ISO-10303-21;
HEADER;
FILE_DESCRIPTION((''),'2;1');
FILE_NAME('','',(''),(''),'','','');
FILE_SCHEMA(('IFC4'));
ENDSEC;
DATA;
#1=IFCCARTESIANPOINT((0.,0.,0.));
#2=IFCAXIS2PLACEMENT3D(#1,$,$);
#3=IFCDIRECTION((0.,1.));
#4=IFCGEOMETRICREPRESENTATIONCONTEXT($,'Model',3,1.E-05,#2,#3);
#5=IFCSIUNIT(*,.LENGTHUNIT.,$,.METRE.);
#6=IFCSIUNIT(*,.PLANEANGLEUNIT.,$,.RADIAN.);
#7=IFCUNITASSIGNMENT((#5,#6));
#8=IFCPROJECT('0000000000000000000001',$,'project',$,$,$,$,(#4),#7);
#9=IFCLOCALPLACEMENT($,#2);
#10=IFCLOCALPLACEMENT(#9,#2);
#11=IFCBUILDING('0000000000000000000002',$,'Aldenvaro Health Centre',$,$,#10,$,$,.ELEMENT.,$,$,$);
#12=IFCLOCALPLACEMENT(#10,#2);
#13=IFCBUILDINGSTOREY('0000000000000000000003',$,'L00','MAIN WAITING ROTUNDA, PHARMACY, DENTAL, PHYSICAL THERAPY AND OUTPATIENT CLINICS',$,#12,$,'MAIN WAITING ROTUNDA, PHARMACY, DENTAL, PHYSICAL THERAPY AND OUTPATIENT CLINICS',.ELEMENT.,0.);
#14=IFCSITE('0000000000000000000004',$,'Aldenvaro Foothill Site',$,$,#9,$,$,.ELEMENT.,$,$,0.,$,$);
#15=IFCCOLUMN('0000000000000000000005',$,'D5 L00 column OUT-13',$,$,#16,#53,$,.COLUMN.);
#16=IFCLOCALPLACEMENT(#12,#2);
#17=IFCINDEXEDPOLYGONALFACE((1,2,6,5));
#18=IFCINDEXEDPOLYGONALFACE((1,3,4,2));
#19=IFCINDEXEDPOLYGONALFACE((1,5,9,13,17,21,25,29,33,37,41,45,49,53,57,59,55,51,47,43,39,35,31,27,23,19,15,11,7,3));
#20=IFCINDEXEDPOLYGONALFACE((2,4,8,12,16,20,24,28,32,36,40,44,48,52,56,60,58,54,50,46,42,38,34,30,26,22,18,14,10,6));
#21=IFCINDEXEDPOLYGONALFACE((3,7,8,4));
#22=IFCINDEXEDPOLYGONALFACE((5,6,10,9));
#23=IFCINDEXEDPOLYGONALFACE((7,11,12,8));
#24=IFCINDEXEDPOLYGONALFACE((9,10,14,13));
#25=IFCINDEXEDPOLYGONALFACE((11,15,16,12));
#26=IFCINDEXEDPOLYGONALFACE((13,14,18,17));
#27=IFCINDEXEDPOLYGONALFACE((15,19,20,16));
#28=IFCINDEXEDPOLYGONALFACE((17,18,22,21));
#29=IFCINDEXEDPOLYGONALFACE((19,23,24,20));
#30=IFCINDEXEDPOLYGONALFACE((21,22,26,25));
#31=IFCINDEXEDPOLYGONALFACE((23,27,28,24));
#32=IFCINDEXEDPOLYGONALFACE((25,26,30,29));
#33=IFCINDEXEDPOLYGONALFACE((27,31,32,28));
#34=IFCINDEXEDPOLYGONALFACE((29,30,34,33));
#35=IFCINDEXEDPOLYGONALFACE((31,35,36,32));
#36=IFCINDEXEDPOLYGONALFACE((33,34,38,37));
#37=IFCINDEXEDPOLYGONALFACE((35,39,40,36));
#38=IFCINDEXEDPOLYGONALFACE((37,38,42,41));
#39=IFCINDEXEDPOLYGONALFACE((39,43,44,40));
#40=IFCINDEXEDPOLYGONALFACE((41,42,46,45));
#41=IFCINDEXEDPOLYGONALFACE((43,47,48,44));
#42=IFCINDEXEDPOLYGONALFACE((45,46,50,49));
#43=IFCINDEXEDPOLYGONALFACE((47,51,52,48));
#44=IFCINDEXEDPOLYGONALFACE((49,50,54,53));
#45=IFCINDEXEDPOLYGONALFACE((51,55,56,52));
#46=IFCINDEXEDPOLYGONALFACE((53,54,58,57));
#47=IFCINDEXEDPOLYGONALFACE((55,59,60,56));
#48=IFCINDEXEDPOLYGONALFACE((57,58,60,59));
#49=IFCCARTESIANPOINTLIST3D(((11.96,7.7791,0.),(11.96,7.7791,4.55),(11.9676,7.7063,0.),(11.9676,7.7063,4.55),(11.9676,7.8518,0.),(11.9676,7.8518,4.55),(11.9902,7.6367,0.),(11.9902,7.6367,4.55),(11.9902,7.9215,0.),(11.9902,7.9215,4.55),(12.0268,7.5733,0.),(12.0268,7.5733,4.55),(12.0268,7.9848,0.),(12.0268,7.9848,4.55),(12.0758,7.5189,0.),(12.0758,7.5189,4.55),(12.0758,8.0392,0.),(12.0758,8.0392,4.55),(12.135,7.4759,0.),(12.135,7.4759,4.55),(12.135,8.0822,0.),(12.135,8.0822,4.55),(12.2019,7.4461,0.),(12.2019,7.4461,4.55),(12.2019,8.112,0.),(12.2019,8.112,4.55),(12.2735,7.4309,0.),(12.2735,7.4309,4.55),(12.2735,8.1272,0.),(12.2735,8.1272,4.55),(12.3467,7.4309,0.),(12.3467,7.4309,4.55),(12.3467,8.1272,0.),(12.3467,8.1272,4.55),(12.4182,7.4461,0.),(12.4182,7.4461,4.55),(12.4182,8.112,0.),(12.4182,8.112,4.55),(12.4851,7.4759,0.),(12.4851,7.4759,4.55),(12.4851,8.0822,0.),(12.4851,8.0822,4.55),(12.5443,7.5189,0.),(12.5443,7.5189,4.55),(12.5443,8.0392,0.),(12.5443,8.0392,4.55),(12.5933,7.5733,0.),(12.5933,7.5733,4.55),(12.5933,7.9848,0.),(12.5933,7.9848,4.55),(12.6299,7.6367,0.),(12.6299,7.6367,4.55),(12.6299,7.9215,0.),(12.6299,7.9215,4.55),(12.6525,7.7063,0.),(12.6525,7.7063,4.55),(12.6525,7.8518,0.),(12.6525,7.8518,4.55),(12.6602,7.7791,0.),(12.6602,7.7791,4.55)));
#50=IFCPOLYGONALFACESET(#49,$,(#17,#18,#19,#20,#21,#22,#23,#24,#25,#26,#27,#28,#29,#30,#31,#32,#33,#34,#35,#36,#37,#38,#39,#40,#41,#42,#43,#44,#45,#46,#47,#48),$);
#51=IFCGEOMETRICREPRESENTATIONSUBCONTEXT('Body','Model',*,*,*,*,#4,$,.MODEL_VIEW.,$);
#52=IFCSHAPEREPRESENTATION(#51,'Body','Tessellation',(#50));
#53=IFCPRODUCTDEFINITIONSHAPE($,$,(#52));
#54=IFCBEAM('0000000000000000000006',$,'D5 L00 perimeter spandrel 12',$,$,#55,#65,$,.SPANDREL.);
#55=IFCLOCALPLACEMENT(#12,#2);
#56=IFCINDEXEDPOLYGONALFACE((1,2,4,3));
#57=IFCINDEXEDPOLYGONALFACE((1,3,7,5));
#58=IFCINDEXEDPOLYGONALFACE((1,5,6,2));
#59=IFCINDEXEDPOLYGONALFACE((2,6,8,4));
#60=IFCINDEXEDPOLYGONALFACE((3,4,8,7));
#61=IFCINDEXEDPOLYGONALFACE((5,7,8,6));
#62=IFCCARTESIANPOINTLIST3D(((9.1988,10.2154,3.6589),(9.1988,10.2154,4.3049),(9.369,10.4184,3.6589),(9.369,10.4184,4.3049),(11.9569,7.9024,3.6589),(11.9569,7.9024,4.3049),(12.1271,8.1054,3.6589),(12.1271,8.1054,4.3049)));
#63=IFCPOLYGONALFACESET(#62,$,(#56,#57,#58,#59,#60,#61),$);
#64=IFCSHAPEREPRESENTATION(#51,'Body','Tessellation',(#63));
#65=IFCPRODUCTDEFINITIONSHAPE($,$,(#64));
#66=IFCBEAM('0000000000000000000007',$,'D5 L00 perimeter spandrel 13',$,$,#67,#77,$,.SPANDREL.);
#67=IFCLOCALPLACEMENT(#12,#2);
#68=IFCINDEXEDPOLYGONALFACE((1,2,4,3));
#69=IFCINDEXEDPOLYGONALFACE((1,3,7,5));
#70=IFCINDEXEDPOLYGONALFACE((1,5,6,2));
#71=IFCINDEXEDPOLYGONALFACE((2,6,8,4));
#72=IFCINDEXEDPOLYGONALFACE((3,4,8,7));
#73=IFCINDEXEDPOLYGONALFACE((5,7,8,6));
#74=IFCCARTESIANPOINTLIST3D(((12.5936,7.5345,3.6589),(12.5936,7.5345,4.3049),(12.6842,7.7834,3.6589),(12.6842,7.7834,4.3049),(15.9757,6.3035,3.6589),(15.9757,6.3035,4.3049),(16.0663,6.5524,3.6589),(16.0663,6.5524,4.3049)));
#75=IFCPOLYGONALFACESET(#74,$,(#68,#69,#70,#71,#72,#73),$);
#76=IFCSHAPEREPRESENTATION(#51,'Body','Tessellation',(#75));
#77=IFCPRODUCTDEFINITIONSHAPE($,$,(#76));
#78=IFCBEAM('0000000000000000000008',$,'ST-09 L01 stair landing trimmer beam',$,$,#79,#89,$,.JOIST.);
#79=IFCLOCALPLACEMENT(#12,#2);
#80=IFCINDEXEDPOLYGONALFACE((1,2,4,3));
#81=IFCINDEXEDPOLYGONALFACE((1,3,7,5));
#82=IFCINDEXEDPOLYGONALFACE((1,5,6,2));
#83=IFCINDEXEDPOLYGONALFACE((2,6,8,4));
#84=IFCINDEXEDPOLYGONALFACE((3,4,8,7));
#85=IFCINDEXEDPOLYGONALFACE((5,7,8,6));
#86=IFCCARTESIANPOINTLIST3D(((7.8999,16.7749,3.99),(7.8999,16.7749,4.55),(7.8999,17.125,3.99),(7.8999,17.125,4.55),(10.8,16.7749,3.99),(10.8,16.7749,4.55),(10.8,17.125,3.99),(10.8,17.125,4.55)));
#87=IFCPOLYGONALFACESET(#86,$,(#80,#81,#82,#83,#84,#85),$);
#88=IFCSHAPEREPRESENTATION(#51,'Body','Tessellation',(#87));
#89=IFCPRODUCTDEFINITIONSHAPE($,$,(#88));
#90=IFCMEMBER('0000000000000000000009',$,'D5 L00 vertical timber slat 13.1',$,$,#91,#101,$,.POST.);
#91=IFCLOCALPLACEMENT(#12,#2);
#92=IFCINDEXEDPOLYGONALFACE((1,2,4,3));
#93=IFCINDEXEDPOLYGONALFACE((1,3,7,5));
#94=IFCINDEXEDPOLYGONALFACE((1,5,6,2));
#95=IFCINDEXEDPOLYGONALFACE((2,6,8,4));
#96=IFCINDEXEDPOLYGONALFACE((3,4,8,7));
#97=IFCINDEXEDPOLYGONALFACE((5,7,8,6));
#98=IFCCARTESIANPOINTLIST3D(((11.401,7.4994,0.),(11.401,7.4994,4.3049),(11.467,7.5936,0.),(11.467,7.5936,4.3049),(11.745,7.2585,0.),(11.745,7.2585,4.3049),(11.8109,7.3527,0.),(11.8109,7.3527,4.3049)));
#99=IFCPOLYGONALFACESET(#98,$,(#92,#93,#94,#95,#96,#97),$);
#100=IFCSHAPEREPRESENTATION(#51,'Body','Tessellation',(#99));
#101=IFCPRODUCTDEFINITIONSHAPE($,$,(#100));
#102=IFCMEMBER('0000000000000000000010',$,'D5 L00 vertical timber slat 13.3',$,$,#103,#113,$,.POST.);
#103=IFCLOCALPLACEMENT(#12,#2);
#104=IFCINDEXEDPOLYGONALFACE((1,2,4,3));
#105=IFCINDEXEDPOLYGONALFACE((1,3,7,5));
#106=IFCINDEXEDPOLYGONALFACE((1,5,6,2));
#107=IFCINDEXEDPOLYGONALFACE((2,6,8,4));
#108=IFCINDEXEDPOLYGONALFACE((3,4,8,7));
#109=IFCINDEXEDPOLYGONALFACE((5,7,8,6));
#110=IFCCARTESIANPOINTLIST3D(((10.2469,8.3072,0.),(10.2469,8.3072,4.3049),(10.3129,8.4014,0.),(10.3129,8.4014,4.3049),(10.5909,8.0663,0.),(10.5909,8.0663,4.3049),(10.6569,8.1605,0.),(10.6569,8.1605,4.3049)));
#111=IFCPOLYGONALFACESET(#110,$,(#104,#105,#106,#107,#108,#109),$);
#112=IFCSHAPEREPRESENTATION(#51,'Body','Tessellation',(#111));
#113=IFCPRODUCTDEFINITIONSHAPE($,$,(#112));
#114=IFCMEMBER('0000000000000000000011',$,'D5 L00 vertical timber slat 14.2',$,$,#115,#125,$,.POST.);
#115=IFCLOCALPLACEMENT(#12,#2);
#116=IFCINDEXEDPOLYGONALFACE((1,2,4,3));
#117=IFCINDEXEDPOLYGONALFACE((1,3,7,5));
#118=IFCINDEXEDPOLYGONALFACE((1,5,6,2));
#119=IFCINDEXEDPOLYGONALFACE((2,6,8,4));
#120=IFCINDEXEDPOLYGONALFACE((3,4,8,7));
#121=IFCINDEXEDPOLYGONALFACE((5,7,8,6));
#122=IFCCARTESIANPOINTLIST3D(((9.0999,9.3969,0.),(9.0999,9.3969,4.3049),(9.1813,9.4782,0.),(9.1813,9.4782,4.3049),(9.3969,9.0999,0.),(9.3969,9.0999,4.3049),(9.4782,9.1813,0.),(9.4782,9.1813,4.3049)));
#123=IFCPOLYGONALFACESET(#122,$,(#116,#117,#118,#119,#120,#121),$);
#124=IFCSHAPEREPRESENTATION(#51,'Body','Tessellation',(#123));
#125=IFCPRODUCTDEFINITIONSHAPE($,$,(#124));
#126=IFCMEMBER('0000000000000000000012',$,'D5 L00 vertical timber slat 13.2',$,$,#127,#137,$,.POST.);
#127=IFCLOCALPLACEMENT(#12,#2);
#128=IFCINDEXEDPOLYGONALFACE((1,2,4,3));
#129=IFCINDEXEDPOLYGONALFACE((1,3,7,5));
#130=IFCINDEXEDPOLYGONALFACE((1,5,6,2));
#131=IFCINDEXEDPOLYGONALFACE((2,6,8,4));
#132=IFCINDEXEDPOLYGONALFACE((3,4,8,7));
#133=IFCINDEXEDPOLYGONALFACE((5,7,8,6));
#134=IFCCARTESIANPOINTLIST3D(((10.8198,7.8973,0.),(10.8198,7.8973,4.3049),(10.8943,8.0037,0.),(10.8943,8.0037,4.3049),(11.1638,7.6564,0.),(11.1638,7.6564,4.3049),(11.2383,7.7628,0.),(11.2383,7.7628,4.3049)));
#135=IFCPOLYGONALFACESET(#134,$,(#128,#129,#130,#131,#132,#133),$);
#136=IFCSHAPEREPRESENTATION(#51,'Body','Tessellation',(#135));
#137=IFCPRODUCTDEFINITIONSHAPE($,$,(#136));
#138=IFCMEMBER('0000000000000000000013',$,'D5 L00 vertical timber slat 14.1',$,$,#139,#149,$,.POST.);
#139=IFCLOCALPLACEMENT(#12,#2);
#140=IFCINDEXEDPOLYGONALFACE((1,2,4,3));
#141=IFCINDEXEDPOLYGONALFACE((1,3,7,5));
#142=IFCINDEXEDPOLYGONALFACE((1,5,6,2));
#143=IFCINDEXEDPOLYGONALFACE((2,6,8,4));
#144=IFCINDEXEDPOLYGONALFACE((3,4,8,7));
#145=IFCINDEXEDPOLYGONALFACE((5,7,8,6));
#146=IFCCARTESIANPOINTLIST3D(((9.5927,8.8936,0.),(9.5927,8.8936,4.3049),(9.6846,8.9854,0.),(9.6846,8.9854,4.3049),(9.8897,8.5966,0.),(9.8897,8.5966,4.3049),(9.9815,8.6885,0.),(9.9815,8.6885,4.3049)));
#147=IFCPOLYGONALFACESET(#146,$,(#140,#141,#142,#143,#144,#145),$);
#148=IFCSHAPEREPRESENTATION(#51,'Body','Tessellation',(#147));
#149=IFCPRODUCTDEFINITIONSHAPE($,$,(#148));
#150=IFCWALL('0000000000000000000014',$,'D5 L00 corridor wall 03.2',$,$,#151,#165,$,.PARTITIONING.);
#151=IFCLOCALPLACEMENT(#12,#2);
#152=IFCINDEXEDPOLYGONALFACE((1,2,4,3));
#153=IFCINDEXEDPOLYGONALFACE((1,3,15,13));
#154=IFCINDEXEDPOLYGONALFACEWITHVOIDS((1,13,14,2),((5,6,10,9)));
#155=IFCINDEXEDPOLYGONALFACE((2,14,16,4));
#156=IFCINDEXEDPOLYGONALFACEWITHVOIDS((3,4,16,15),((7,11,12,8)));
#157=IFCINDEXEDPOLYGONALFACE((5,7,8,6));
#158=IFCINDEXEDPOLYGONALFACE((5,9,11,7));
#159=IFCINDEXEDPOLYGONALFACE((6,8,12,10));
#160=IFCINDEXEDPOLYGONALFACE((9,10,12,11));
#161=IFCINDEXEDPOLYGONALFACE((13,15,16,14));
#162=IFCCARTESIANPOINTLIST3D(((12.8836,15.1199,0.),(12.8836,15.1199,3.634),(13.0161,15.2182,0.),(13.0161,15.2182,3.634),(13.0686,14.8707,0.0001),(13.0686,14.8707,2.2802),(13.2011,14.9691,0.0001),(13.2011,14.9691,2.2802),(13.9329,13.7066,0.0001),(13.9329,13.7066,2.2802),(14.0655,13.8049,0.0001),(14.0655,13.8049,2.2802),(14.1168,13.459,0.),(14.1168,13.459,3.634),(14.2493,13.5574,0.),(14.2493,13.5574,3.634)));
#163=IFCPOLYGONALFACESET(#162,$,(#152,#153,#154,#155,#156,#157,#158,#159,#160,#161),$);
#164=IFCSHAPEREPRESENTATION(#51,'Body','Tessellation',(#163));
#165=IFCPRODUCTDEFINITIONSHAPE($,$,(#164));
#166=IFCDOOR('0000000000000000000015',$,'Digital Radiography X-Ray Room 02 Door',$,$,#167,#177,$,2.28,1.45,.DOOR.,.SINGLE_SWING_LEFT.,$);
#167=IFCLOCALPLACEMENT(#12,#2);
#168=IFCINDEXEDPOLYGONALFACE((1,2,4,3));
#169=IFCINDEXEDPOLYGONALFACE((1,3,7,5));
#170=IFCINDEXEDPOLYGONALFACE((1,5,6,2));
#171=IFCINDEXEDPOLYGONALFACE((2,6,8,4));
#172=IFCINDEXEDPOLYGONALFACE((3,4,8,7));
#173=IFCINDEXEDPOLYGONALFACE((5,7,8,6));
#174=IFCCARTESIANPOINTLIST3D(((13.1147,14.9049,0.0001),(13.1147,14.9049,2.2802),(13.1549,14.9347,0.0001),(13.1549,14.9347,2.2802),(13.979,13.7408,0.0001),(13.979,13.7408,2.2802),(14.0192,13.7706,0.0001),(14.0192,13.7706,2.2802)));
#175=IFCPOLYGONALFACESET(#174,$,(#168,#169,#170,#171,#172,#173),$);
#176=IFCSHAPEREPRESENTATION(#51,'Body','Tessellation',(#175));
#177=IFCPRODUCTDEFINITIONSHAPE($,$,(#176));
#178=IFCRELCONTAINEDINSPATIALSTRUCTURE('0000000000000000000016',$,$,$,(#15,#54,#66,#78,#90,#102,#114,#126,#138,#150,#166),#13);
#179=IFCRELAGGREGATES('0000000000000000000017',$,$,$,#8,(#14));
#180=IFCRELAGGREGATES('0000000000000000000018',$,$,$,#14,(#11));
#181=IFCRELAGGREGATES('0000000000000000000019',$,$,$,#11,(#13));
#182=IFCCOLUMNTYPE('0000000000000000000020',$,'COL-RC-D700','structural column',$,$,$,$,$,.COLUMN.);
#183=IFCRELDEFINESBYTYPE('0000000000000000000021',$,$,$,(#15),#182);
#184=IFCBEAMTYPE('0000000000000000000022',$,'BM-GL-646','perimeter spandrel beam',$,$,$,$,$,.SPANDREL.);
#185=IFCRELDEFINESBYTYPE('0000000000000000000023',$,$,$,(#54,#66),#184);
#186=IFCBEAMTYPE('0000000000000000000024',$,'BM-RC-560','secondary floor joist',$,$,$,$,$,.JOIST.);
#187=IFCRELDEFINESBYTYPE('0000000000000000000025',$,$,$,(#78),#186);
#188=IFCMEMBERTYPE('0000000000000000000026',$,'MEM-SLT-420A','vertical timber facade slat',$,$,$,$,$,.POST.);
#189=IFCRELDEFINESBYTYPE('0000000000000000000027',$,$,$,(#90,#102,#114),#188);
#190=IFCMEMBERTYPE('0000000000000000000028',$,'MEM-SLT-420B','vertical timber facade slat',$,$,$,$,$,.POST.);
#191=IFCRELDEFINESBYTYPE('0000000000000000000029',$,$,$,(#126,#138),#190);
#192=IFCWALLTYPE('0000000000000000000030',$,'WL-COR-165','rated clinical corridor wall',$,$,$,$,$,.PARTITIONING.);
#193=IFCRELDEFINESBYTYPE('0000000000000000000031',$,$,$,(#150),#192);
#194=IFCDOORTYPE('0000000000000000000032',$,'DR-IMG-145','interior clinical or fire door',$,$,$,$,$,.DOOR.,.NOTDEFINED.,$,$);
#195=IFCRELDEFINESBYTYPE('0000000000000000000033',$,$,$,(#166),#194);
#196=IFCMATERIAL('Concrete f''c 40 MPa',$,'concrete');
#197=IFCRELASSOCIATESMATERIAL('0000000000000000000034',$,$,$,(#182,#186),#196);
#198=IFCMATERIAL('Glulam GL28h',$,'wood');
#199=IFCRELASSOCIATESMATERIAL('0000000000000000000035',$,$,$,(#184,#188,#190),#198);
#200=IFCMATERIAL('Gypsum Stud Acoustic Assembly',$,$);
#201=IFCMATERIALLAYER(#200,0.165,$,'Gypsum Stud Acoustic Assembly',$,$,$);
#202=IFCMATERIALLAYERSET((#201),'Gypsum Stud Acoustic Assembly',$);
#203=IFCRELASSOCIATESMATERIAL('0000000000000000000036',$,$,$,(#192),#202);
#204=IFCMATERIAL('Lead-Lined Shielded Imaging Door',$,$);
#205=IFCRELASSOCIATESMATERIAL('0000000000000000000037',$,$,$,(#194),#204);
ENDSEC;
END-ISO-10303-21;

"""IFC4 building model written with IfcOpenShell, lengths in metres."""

from ifc_helpers import new_model, si_unit, direction, frame, frame_2d, origin, origin_2d, place, context, subcontext, project, spatial, rectangle, circle, extrude, material, layer, layer_set, material_profile, profile_set, type_object, element, fill, save


model = new_model("IFC4")

# Units and contexts
model_context = context("Model", 3, precision=1e-05, world=origin(), true_north=direction((0.0, 1.0)))
body_context = subcontext(model_context, "Body", "Model", "MODEL_VIEW")
ifc_project = project(units=[si_unit("LENGTHUNIT", "METRE"), si_unit("PLANEANGLEUNIT", "RADIAN")], contexts=[model_context])

# Site, building, storey
site_placement = place(None, origin())
site = spatial("IfcSite", under=ifc_project, at=site_placement, Name="Aldenvaro Foothill Site", CompositionType="ELEMENT", RefElevation=0.0)
building_placement = place(site_placement, origin())
building = spatial("IfcBuilding", under=site, at=building_placement, Name="Aldenvaro Health Centre", CompositionType="ELEMENT")
storey_placement = place(building_placement, origin())
storey = spatial("IfcBuildingStorey", under=building, at=storey_placement, Name="L00", Description="MAIN WAITING ROTUNDA, PHARMACY, DENTAL, PHYSICAL THERAPY AND OUTPATIENT CLINICS", LongName="MAIN WAITING ROTUNDA, PHARMACY, DENTAL, PHYSICAL THERAPY AND OUTPATIENT CLINICS", CompositionType="ELEMENT", Elevation=0.0)

# Column
ifc_material_1 = material(Name="Concrete f'c 40 MPa", Category="concrete")
ifc_material_profile_1 = material_profile(ifc_material_1, circle(Radius=0.3501, at=origin_2d()), Name="RC D700", Category="concrete")
ifc_profile_set_1 = profile_set([ifc_material_profile_1], Name="Concrete f'c 40 MPa")
column_type = type_object("IfcColumnType", Name="COL-RC-D700", Description="structural column", PredefinedType="COLUMN", material=ifc_profile_set_1)
column_placement = place(storey_placement, frame((12.3101, 7.7791, 0.0), z_axis=(0.0, 0.0, 1.0), x_axis=(1.0, 0.0, 0.0)))
element("IfcColumn", 1, at=column_placement, inside=storey, type_object=column_type, Name="D5 L00 column OUT-13", PredefinedType="COLUMN", context=body_context, shape_type="SweptSolid", body=[
    extrude(circle(Radius=0.3501, at=origin_2d()), origin(), (0.0, 0.0, 1.0), 4.55),
])

# Beams
ifc_material_2 = material(Name="Glulam GL28h", Category="wood")
ifc_material_profile_2 = material_profile(ifc_material_2, rectangle(XDim=0.2649, YDim=0.646, at=origin_2d()), Name="GL 265x646", Category="wood")
ifc_profile_set_2 = profile_set([ifc_material_profile_2], Name="Glulam GL28h")
beam_type_1 = type_object("IfcBeamType", Name="BM-GL-646", Description="perimeter spandrel beam", PredefinedType="SPANDREL", material=ifc_profile_set_2)
beam_1_placement = place(storey_placement, frame((9.2839, 10.3169, 3.9819), z_axis=(0.766222, -0.642576, 0.0), x_axis=(0.642576, 0.766222, 0.0)))
element("IfcBeam", 2, at=beam_1_placement, inside=storey, type_object=beam_type_1, Name="D5 L00 perimeter spandrel 12", PredefinedType="SPANDREL", context=body_context, shape_type="SweptSolid", body=[
    extrude(rectangle(XDim=0.2649, YDim=0.646, at=origin_2d()), origin(), (0.0, 0.0, 1.0), 3.5996),
])
beam_2_placement = place(storey_placement, frame((12.6389, 7.6589, 3.9819), z_axis=(0.939694, -0.342015, 0.0), x_axis=(0.342015, 0.939694, 0.0)))
element("IfcBeam", 3, at=beam_2_placement, inside=storey, type_object=beam_type_1, Name="D5 L00 perimeter spandrel 13", PredefinedType="SPANDREL", context=body_context, shape_type="SweptSolid", body=[
    extrude(rectangle(XDim=0.2649, YDim=0.646, at=origin_2d()), origin(), (0.0, 0.0, 1.0), 3.5991),
])
ifc_material_profile_3 = material_profile(ifc_material_1, rectangle(XDim=0.3501, YDim=0.5601, at=origin_2d()), Name="RC 350x560", Category="concrete")
ifc_profile_set_3 = profile_set([ifc_material_profile_3], Name="Concrete f'c 40 MPa")
beam_type_2 = type_object("IfcBeamType", Name="BM-RC-560", Description="secondary floor joist", PredefinedType="JOIST", material=ifc_profile_set_3)
beam_3_placement = place(storey_placement, frame((10.8, 16.95, 4.27), z_axis=(-1.0, 0.0, 0.0), x_axis=(0.0, -1.0, 0.0)))
element("IfcBeam", 4, at=beam_3_placement, inside=storey, type_object=beam_type_2, Name="ST-09 L01 stair landing trimmer beam", PredefinedType="JOIST", context=body_context, shape_type="SweptSolid", body=[
    extrude(rectangle(XDim=0.3501, YDim=0.5601, at=origin_2d()), origin(), (0.0, 0.0, 1.0), 2.9001),
])

# Members
ifc_material_profile_4 = material_profile(ifc_material_2, rectangle(XDim=0.115, YDim=0.4199, at=origin_2d()), Name="GL 115x420", Category="wood")
ifc_profile_set_4 = profile_set([ifc_material_profile_4], Name="Glulam GL28h")
member_type_1 = type_object("IfcMemberType", Name="MEM-SLT-420A", Description="vertical timber facade slat", PredefinedType="POST", material=ifc_profile_set_4)
for number, where, z_axis, x_axis, name in (
    (5, (11.606, 7.426, 0.0), (0.0, 0.0, 1.0), (-0.573641, -0.819107, 0.0), "D5 L00 vertical timber slat 13.1"),
    (6, (10.4519, 8.2339, 0.0), (0.0, 0.0, 1.0), (-0.573641, -0.819107, 0.0), "D5 L00 vertical timber slat 13.3"),
    (7, (9.2891, 9.2891, 0.0), (0.0, 0.0, 1.0), (-0.707107, -0.707107, 0.0), "D5 L00 vertical timber slat 14.2"),
):
    element("IfcMember", number, at=place(storey_placement, frame(where, z_axis=z_axis, x_axis=x_axis)), inside=storey, type_object=member_type_1, Name=name, PredefinedType="POST", context=body_context, shape_type="SweptSolid", body=[
        extrude(rectangle(XDim=0.115, YDim=0.4199, at=origin_2d()), origin(), (0.0, 0.0, 1.0), 4.3049),
    ])
ifc_material_profile_5 = material_profile(ifc_material_2, rectangle(XDim=0.1299, YDim=0.4199, at=origin_2d()), Name="GL 130x420", Category="wood")
ifc_profile_set_5 = profile_set([ifc_material_profile_5], Name="Glulam GL28h")
member_type_2 = type_object("IfcMemberType", Name="MEM-SLT-420B", Description="vertical timber facade slat", PredefinedType="POST", material=ifc_profile_set_5)
for number, where, z_axis, x_axis, name in (
    (8, (11.0291, 7.8301, 0.0), (0.0, 0.0, 1.0), (-0.573641, -0.819107, 0.0), "D5 L00 vertical timber slat 13.2"),
    (9, (9.7871, 8.791, 0.0), (0.0, 0.0, 1.0), (-0.707107, -0.707107, 0.0), "D5 L00 vertical timber slat 14.1"),
):
    element("IfcMember", number, at=place(storey_placement, frame(where, z_axis=z_axis, x_axis=x_axis)), inside=storey, type_object=member_type_2, Name=name, PredefinedType="POST", context=body_context, shape_type="SweptSolid", body=[
        extrude(rectangle(XDim=0.1299, YDim=0.4199, at=origin_2d()), origin(), (0.0, 0.0, 1.0), 4.3049),
    ])

# Wall, opening, door
ifc_material_3 = material(Name="Gypsum Stud Acoustic Assembly")
ifc_layer_1 = layer(ifc_material_3, 0.165, Name="Gypsum Stud Acoustic Assembly")
ifc_layer_set_1 = layer_set([ifc_layer_1], Name="Gypsum Stud Acoustic Assembly")
wall_type_1 = type_object("IfcWallType", Name="WL-COR-165", Description="rated clinical corridor wall", PredefinedType="PARTITIONING", material=ifc_layer_set_1)
wall_1_placement = place(storey_placement, frame((12.95, 15.1689, 0.0), z_axis=(0.0, 0.0, 1.0), x_axis=(0.596122, -0.802894, 0.0)))
wall_1 = element("IfcWall", 10, at=wall_1_placement, inside=storey, type_object=wall_type_1, Name="D5 L00 corridor wall 03.2", PredefinedType="PARTITIONING", context=body_context, shape_type="SweptSolid", body=[
    extrude(rectangle(XDim=2.0686, YDim=0.165, at=frame_2d((1.0342, 0.0))), origin(), (0.0, 0.0, 1.0), 3.634),
])
opening_1_placement = place(wall_1_placement, frame((0.3101, 0.0, 0.0)))
opening_1 = element("IfcOpeningElement", 11, at=opening_1_placement, cuts=wall_1, PredefinedType="OPENING", context=body_context, shape_type="SweptSolid", body=[
    extrude(rectangle(XDim=1.45, YDim=2.28, at=frame_2d((0.7251, 1.1401))), frame((0.0, 0.0925, 0.0), z_axis=(0.0, -1.0, 0.0), x_axis=(1.0, 0.0, 0.0)), (0.0, 0.0, 1.0), 0.1851),
])
ifc_material_4 = material(Name="Lead-Lined Shielded Imaging Door")
door_type_1 = type_object("IfcDoorType", Name="DR-IMG-145", Description="interior clinical or fire door", OperationType="NOTDEFINED", PredefinedType="DOOR", material=ifc_material_4)
door_1_placement = place(opening_1_placement, origin())
door_1 = element("IfcDoor", 12, at=door_1_placement, inside=storey, type_object=door_type_1, Name="Digital Radiography X-Ray Room 02 Door", OperationType="SINGLE_SWING_LEFT", OverallHeight=2.28, OverallWidth=1.45, PredefinedType="DOOR", context=body_context, shape_type="SweptSolid", body=[
    extrude(rectangle(XDim=1.45, YDim=2.28, at=frame_2d((0.7251, 1.1401))), frame((0.0, 0.0249, 0.0), z_axis=(0.0, -1.0, 0.0), x_axis=(1.0, 0.0, 0.0)), (0.0, 0.0, 1.0), 0.05),
])
fill(opening_1, door_1)

save(model, "model.ifc")
